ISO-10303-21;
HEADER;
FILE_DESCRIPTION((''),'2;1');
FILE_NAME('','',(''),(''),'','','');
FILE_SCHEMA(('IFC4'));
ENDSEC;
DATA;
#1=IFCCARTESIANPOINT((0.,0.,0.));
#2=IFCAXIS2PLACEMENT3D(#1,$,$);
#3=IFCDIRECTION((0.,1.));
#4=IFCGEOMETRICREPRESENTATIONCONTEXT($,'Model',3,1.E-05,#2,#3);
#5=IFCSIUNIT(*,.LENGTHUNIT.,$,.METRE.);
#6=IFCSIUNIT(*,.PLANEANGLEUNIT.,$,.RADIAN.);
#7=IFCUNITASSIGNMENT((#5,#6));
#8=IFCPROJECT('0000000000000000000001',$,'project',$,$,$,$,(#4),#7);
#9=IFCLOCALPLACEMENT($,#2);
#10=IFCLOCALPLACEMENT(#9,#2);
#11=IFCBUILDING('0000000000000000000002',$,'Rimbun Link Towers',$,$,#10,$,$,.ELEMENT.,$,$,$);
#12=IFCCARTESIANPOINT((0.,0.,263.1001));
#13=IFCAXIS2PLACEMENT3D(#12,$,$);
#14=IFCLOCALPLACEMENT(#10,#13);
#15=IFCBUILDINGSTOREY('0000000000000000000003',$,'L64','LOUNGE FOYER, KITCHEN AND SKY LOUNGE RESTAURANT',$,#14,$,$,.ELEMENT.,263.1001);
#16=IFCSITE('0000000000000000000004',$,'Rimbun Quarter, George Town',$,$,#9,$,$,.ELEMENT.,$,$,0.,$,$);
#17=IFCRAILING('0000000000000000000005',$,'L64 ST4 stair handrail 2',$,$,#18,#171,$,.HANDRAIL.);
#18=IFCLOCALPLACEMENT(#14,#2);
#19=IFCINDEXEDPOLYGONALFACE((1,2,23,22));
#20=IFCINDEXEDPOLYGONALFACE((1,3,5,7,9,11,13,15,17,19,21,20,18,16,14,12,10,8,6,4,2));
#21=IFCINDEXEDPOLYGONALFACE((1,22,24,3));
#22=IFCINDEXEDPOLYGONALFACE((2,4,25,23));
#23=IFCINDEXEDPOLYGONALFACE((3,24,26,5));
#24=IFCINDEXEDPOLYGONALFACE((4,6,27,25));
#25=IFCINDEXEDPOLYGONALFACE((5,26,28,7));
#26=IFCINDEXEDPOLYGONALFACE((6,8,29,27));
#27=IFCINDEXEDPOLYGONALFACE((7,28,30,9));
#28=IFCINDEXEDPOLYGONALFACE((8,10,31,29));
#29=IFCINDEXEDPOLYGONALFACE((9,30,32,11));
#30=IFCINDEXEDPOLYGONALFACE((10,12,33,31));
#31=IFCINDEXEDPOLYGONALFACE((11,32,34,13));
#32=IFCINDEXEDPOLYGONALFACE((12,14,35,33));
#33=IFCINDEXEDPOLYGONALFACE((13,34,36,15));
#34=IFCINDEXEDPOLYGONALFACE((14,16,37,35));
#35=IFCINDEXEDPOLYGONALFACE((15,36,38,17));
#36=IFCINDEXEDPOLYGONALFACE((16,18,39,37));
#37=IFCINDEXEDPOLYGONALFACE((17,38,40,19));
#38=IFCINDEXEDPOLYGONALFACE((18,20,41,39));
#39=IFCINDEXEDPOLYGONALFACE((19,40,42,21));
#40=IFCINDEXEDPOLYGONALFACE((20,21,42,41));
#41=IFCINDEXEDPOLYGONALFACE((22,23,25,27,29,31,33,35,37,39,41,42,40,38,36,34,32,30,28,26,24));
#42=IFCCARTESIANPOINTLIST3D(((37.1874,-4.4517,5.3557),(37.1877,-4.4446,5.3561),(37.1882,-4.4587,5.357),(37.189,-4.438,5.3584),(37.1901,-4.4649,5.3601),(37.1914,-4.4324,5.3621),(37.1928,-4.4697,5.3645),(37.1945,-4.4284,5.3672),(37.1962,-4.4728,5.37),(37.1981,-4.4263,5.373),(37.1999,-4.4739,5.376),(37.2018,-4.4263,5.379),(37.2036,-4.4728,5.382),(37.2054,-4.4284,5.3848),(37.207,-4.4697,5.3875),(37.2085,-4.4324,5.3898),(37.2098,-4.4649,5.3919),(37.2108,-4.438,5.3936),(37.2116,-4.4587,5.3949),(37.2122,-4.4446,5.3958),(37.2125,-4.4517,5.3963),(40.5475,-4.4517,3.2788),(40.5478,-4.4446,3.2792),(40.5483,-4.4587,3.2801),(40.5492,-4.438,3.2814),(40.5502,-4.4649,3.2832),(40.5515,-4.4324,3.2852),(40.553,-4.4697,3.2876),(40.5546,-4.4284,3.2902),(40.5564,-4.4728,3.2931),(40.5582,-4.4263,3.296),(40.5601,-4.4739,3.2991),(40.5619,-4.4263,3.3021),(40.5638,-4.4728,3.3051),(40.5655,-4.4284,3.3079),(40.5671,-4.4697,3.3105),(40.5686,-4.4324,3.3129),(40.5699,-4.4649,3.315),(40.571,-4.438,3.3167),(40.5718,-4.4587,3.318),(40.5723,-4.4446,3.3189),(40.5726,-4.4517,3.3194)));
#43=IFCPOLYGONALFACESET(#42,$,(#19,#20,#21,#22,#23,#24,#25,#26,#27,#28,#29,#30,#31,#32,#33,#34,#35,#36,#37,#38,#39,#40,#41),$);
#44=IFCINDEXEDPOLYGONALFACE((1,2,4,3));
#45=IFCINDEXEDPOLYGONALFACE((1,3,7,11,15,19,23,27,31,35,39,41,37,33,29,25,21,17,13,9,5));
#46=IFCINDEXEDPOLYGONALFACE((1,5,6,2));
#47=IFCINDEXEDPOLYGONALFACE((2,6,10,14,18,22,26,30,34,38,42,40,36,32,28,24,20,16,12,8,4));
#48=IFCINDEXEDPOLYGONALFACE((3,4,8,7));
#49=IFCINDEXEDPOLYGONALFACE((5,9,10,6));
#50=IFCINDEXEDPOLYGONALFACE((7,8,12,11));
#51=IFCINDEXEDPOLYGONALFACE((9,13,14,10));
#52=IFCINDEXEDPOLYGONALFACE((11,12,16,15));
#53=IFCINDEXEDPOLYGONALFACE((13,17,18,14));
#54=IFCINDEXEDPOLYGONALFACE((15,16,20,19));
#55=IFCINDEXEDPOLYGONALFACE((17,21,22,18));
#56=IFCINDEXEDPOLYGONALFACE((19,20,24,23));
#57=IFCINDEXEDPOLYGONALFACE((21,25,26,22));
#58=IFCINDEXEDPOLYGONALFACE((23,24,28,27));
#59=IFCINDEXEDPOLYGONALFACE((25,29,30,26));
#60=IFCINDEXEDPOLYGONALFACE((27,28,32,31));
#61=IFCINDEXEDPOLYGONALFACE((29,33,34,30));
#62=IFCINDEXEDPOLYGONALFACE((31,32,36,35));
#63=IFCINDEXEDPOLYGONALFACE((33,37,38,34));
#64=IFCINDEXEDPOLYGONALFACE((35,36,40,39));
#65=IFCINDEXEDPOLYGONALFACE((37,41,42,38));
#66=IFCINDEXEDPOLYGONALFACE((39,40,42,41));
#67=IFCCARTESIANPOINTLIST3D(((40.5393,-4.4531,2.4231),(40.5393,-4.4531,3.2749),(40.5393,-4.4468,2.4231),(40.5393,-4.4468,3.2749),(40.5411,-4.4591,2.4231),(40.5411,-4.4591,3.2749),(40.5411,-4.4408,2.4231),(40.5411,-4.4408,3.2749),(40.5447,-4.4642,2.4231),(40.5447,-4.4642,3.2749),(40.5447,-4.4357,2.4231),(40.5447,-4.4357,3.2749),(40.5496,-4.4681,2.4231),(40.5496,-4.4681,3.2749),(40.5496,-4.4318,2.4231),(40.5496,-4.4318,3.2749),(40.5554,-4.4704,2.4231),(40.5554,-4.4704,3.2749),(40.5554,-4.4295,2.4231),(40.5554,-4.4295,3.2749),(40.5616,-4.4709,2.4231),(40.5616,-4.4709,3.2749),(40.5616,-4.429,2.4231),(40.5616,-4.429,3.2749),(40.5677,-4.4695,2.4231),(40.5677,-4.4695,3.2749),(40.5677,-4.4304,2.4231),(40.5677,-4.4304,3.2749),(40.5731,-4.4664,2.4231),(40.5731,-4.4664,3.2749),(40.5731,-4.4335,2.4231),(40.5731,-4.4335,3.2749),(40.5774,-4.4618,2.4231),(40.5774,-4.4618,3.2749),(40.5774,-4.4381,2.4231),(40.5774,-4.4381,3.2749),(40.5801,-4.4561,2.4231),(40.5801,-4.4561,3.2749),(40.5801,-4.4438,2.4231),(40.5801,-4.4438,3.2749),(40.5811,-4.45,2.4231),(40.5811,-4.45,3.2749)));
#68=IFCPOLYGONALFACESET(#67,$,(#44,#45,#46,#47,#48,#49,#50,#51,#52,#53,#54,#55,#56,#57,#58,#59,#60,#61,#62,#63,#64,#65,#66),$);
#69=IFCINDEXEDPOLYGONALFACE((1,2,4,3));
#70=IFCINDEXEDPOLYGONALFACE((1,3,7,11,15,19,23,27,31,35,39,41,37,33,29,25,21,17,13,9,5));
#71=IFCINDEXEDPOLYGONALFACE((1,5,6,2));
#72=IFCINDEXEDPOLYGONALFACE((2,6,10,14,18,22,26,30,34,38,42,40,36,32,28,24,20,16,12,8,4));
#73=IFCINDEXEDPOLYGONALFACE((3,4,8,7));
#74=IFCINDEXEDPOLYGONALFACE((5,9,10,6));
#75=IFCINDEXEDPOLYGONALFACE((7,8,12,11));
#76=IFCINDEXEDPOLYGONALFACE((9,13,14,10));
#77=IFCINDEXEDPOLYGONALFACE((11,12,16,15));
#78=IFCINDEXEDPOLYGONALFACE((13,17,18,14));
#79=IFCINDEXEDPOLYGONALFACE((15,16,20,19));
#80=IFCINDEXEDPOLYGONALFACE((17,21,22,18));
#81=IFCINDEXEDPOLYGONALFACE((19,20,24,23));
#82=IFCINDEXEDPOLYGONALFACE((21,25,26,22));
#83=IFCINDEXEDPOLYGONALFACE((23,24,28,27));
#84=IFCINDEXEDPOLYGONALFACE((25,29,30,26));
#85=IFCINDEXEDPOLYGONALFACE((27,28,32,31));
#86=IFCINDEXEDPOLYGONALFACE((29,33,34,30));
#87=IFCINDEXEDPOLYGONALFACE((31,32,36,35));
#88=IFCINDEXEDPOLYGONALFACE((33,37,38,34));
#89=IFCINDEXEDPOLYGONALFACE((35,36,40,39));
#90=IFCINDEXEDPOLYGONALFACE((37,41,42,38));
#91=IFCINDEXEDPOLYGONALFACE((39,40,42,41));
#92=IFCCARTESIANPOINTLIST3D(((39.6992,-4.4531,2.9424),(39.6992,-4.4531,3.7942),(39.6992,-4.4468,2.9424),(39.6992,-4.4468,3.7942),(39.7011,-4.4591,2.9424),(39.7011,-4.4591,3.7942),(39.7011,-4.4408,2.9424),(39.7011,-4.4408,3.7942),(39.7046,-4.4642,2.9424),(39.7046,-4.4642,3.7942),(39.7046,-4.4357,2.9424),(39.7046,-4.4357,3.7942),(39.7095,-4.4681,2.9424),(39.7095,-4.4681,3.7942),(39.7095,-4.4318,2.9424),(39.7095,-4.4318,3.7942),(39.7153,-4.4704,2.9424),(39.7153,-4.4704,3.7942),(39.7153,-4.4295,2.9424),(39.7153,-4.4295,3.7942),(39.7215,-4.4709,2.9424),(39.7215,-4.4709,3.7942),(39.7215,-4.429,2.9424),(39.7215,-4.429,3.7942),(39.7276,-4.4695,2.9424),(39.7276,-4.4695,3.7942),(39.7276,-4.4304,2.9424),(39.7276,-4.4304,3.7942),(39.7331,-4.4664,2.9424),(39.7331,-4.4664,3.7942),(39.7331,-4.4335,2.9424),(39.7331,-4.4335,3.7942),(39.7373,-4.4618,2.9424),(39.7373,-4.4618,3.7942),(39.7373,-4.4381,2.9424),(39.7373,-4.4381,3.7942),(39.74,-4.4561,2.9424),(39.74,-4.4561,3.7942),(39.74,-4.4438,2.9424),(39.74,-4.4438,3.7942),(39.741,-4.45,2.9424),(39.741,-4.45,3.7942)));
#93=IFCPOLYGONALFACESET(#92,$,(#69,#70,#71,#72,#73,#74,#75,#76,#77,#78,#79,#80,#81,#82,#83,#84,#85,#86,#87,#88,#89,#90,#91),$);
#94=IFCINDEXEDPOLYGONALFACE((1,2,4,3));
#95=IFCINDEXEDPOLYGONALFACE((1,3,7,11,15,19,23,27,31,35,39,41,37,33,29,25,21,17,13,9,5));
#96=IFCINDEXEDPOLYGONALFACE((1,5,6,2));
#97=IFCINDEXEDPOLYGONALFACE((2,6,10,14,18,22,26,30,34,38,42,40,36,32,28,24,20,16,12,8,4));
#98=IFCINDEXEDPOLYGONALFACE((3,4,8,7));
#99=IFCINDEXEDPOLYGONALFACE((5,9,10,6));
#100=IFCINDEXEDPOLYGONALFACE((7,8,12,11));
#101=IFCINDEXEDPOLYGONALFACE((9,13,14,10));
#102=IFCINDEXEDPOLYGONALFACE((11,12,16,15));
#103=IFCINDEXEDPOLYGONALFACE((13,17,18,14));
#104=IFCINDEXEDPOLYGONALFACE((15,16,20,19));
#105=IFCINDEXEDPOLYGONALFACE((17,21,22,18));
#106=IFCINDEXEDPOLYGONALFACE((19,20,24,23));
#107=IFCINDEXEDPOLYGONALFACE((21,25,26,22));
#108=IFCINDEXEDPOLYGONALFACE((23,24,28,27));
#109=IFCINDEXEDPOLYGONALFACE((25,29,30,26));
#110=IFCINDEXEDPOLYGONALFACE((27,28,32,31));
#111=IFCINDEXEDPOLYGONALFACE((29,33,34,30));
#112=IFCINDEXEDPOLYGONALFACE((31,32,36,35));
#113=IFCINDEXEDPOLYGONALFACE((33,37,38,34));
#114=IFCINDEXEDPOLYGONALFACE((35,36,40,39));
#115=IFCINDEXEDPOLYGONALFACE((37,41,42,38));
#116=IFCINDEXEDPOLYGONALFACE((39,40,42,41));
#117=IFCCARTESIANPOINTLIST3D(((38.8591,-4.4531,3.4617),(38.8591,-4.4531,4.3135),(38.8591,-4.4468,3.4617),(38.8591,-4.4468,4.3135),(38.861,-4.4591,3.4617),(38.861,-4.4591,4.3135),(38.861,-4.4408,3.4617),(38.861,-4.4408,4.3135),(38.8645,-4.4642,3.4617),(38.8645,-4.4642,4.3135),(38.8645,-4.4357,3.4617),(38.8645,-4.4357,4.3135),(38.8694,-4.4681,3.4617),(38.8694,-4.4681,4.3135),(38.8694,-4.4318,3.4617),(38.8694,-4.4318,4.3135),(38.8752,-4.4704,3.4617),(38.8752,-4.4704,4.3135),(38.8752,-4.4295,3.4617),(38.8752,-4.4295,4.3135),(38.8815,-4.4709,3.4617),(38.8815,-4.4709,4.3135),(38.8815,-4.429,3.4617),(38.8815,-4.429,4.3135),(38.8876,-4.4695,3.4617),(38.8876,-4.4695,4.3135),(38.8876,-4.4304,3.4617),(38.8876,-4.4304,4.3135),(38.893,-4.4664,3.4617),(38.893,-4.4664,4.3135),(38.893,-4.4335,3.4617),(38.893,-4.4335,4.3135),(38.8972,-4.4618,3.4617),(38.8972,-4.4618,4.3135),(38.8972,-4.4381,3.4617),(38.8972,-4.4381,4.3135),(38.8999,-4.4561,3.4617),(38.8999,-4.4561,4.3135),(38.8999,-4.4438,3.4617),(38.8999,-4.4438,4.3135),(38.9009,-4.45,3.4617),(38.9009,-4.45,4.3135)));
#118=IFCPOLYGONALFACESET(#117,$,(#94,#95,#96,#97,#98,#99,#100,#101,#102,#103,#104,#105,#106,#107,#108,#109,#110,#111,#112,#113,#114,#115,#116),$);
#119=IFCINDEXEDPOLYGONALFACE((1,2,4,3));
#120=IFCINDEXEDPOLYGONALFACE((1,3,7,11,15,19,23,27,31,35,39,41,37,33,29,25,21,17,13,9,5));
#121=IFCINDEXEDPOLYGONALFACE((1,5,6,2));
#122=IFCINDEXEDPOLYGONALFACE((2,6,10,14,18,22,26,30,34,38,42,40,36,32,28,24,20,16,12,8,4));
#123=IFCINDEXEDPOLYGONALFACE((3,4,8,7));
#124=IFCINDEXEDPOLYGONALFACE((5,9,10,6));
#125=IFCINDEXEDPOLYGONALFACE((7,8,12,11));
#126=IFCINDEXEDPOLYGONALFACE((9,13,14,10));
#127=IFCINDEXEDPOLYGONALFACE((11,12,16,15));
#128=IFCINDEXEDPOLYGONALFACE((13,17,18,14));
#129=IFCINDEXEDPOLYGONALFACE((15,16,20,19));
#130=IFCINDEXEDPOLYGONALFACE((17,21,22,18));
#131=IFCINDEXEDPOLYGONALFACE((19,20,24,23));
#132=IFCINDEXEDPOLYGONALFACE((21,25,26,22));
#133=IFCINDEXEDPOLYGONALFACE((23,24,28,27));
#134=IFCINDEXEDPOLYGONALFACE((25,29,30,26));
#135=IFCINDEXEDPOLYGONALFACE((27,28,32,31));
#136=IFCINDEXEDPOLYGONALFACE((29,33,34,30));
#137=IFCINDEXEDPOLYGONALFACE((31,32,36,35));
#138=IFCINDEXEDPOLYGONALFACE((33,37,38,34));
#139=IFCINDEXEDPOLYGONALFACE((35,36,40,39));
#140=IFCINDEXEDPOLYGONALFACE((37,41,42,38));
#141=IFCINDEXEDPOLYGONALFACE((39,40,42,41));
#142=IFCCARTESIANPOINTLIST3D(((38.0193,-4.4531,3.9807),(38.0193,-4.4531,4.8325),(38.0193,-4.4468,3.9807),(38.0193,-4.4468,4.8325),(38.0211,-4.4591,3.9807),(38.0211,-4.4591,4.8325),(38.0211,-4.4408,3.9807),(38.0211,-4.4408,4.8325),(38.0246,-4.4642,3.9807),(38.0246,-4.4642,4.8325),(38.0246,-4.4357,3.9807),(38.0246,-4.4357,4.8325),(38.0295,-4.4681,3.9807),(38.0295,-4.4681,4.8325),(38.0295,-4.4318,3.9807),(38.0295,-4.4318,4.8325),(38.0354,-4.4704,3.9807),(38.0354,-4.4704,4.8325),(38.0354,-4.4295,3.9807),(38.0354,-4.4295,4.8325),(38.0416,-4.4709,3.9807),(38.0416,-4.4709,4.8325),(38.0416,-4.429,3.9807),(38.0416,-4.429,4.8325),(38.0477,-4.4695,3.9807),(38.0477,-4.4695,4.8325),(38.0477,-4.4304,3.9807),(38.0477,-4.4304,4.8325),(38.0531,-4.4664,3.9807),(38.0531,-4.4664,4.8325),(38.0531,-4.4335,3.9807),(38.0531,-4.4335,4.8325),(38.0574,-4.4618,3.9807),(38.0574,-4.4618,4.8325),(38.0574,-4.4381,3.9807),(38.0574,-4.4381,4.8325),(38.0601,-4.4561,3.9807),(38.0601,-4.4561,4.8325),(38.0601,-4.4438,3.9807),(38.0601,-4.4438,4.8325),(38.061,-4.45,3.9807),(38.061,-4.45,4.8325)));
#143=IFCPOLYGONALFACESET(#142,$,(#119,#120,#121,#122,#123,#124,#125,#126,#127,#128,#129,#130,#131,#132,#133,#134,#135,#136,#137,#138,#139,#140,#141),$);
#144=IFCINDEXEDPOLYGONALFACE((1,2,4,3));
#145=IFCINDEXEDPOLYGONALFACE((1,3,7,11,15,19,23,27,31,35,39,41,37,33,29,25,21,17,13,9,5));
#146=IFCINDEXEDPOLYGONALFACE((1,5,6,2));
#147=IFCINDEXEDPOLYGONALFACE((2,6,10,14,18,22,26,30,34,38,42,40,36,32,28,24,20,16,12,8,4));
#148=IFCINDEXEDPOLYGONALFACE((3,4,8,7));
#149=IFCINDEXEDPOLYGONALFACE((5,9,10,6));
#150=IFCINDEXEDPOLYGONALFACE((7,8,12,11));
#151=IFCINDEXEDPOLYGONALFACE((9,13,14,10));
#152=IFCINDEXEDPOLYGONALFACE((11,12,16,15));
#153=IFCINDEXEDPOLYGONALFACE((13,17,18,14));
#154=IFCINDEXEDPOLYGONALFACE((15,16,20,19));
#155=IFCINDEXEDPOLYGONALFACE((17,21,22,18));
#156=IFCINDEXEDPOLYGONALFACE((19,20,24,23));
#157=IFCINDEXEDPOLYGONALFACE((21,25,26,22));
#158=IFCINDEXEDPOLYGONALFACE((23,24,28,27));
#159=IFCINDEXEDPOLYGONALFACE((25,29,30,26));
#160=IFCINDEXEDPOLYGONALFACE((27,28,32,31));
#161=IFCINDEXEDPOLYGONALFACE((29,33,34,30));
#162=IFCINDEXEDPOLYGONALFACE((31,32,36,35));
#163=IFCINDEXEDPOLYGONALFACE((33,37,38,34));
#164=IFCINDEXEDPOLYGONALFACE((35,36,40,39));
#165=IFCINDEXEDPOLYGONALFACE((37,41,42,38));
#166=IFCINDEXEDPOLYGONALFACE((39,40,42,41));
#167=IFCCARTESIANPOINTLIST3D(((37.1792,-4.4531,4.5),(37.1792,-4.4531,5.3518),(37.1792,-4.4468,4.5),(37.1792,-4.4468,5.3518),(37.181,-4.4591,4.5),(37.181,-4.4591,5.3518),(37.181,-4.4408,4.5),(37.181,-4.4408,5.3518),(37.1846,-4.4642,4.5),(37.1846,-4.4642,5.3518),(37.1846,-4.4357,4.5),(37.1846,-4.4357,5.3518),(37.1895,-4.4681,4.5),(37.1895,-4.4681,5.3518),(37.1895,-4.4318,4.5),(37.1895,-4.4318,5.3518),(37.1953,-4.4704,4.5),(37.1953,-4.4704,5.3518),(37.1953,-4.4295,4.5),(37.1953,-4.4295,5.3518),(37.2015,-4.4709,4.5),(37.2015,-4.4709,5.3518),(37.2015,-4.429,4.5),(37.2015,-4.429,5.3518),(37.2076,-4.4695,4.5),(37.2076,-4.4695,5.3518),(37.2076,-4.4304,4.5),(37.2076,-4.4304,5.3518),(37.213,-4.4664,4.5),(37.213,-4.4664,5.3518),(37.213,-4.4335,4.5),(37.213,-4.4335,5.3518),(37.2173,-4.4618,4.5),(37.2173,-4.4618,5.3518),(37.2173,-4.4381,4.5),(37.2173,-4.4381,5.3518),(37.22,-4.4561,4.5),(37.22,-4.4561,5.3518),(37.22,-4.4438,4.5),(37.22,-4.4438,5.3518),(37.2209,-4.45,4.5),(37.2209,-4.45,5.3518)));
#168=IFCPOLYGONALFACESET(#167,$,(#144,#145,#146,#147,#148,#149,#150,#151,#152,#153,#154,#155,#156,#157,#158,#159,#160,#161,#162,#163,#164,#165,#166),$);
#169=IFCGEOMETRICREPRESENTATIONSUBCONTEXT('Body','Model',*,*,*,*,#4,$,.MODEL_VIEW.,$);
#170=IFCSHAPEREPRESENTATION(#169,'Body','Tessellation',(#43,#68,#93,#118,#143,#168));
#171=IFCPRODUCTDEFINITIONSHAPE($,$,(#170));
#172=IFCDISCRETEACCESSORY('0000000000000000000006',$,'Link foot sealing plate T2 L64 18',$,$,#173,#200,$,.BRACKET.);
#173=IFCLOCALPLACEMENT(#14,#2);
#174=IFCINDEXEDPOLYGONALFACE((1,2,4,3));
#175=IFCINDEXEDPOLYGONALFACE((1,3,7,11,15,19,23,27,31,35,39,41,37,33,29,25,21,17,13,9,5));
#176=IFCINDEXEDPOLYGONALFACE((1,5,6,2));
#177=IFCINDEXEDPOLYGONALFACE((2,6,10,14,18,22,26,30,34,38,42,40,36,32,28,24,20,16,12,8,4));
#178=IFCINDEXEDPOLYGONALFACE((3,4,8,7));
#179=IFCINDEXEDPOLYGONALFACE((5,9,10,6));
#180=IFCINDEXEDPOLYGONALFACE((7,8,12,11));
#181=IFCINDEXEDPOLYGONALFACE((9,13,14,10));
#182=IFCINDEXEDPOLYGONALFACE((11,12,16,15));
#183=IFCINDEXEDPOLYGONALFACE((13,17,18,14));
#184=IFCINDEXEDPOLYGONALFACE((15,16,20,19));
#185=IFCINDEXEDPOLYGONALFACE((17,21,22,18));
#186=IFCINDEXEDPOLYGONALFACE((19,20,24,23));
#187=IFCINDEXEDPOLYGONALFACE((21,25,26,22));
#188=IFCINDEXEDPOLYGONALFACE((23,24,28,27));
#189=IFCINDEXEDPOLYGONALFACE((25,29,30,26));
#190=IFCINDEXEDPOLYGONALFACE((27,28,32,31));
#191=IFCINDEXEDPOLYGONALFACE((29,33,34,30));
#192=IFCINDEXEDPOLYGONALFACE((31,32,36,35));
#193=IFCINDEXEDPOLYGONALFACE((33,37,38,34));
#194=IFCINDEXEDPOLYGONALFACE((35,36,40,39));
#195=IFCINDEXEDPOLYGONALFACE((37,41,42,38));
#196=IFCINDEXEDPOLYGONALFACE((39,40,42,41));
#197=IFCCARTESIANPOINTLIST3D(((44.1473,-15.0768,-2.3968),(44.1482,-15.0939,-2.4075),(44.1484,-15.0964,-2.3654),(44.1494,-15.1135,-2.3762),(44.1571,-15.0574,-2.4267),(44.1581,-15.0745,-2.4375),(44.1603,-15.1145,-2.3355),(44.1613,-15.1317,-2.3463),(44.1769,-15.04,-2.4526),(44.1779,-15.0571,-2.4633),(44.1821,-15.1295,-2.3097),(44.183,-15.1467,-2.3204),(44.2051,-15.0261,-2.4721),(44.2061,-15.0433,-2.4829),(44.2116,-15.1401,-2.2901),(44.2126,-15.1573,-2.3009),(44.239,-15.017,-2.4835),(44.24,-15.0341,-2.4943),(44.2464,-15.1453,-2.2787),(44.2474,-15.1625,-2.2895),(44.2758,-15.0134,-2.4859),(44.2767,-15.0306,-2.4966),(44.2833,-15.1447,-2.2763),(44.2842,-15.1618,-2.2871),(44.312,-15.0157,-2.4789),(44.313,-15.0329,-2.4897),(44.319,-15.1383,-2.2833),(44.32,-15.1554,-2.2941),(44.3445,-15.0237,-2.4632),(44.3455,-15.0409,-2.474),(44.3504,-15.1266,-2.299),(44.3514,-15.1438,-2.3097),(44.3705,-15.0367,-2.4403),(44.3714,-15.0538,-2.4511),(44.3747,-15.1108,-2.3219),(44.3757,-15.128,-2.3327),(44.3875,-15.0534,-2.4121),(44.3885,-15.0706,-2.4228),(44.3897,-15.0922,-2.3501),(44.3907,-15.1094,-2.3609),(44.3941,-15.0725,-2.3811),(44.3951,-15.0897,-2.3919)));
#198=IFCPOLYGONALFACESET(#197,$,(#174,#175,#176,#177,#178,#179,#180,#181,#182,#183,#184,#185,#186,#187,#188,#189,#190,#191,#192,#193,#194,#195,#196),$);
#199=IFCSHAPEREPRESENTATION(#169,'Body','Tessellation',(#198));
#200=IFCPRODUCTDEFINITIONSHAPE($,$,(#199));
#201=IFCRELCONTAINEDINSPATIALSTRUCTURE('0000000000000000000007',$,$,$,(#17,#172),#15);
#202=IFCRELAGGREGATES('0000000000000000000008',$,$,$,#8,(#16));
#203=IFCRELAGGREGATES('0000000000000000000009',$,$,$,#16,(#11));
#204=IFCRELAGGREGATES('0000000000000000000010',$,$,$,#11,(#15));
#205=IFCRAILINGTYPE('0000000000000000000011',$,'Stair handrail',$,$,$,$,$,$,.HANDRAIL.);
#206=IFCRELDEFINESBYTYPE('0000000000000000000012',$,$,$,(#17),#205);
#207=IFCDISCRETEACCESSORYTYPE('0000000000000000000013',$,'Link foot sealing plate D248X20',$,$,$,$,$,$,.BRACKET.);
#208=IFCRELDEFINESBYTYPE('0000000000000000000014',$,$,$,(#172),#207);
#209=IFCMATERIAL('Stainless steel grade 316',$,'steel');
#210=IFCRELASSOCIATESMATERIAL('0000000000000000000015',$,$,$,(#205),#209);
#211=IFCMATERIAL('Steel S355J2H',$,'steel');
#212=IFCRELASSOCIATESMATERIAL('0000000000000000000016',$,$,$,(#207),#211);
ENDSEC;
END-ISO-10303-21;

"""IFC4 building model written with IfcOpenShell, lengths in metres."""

from ifc_helpers import new_model, si_unit, direction, frame, origin, origin_2d, place, context, subcontext, project, spatial, circle, extrude, material, material_profile, profile_set, type_object, element, save


model = new_model("IFC4")

# Units and contexts
model_context = context("Model", 3, precision=1e-05, world=origin(), true_north=direction((0.0, 1.0)))
body_context = subcontext(model_context, "Body", "Model", "MODEL_VIEW")
ifc_project = project(units=[si_unit("LENGTHUNIT", "METRE"), si_unit("PLANEANGLEUNIT", "RADIAN")], contexts=[model_context])

# Site, building, storey
site_placement = place(None, origin())
site = spatial("IfcSite", under=ifc_project, at=site_placement, Name="Rimbun Quarter, George Town", CompositionType="ELEMENT", RefElevation=0.0)
building_placement = place(site_placement, origin())
building = spatial("IfcBuilding", under=site, at=building_placement, Name="Rimbun Link Towers", CompositionType="ELEMENT")
storey_placement = place(building_placement, frame((0.0, 0.0, 263.1001)))
storey = spatial("IfcBuildingStorey", under=building, at=storey_placement, Name="L64", Description="LOUNGE FOYER, KITCHEN AND SKY LOUNGE RESTAURANT", CompositionType="ELEMENT", Elevation=263.1001)

# Railing
ifc_material_1 = material(Name="Stainless steel grade 316", Category="steel")
railing_type_1 = type_object("IfcRailingType", Name="Stair handrail", PredefinedType="HANDRAIL", material=ifc_material_1)
railing_1_placement = place(storey_placement, frame((40.5601, -4.45, 2.4231)))
element("IfcRailing", 1, at=railing_1_placement, inside=storey, type_object=railing_type_1, Name="L64 ST4 stair handrail 2", PredefinedType="HANDRAIL", context=body_context, shape_type="SweptSolid", body=[
    extrude(circle(Radius=0.0239, at=origin_2d()), frame((0.0, 0.0, 0.876), z_axis=(-0.850623, 0.0, 0.525776), x_axis=(0.0, -1.0, 0.0)), (0.0, 0.0, 1.0), 3.9502),
    extrude(circle(Radius=0.021, at=origin_2d()), origin(), (0.0, 0.0, 1.0), 0.8518),
    extrude(circle(Radius=0.021, at=origin_2d()), frame((-0.8401, 0.0, 0.5193)), (0.0, 0.0, 1.0), 0.8518),
    extrude(circle(Radius=0.021, at=origin_2d()), frame((-1.6802, 0.0, 1.0386)), (0.0, 0.0, 1.0), 0.8518),
    extrude(circle(Radius=0.021, at=origin_2d()), frame((-2.52, 0.0, 1.5576)), (0.0, 0.0, 1.0), 0.8518),
    extrude(circle(Radius=0.021, at=origin_2d()), frame((-3.3601, 0.0, 2.0769)), (0.0, 0.0, 1.0), 0.8518),
])

# Discrete accessory
ifc_material_2 = material(Name="Steel S355J2H", Category="steel")
ifc_material_profile_1 = material_profile(ifc_material_2, circle(Radius=0.124, at=origin_2d()), Name="PL D248")
ifc_profile_set_1 = profile_set([ifc_material_profile_1], Name="Steel S355J2H")
discrete_accessory_type = type_object("IfcDiscreteAccessoryType", Name="Link foot sealing plate D248X20", PredefinedType="BRACKET", material=ifc_profile_set_1)
discrete_accessory_1_placement = place(storey_placement, frame((44.2703, -15.0796, -2.3811), z_axis=(0.048323, -0.845647, -0.53155), x_axis=(0.998371, 0.05705, 0.0)))
element("IfcDiscreteAccessory", 2, at=discrete_accessory_1_placement, inside=storey, type_object=discrete_accessory_type, Name="Link foot sealing plate T2 L64 18", PredefinedType="BRACKET", context=body_context, shape_type="SweptSolid", body=[
    extrude(circle(Radius=0.124, at=origin_2d()), origin(), (0.0, 0.0, 1.0), 0.0203),
])

save(model, "model.ifc")
